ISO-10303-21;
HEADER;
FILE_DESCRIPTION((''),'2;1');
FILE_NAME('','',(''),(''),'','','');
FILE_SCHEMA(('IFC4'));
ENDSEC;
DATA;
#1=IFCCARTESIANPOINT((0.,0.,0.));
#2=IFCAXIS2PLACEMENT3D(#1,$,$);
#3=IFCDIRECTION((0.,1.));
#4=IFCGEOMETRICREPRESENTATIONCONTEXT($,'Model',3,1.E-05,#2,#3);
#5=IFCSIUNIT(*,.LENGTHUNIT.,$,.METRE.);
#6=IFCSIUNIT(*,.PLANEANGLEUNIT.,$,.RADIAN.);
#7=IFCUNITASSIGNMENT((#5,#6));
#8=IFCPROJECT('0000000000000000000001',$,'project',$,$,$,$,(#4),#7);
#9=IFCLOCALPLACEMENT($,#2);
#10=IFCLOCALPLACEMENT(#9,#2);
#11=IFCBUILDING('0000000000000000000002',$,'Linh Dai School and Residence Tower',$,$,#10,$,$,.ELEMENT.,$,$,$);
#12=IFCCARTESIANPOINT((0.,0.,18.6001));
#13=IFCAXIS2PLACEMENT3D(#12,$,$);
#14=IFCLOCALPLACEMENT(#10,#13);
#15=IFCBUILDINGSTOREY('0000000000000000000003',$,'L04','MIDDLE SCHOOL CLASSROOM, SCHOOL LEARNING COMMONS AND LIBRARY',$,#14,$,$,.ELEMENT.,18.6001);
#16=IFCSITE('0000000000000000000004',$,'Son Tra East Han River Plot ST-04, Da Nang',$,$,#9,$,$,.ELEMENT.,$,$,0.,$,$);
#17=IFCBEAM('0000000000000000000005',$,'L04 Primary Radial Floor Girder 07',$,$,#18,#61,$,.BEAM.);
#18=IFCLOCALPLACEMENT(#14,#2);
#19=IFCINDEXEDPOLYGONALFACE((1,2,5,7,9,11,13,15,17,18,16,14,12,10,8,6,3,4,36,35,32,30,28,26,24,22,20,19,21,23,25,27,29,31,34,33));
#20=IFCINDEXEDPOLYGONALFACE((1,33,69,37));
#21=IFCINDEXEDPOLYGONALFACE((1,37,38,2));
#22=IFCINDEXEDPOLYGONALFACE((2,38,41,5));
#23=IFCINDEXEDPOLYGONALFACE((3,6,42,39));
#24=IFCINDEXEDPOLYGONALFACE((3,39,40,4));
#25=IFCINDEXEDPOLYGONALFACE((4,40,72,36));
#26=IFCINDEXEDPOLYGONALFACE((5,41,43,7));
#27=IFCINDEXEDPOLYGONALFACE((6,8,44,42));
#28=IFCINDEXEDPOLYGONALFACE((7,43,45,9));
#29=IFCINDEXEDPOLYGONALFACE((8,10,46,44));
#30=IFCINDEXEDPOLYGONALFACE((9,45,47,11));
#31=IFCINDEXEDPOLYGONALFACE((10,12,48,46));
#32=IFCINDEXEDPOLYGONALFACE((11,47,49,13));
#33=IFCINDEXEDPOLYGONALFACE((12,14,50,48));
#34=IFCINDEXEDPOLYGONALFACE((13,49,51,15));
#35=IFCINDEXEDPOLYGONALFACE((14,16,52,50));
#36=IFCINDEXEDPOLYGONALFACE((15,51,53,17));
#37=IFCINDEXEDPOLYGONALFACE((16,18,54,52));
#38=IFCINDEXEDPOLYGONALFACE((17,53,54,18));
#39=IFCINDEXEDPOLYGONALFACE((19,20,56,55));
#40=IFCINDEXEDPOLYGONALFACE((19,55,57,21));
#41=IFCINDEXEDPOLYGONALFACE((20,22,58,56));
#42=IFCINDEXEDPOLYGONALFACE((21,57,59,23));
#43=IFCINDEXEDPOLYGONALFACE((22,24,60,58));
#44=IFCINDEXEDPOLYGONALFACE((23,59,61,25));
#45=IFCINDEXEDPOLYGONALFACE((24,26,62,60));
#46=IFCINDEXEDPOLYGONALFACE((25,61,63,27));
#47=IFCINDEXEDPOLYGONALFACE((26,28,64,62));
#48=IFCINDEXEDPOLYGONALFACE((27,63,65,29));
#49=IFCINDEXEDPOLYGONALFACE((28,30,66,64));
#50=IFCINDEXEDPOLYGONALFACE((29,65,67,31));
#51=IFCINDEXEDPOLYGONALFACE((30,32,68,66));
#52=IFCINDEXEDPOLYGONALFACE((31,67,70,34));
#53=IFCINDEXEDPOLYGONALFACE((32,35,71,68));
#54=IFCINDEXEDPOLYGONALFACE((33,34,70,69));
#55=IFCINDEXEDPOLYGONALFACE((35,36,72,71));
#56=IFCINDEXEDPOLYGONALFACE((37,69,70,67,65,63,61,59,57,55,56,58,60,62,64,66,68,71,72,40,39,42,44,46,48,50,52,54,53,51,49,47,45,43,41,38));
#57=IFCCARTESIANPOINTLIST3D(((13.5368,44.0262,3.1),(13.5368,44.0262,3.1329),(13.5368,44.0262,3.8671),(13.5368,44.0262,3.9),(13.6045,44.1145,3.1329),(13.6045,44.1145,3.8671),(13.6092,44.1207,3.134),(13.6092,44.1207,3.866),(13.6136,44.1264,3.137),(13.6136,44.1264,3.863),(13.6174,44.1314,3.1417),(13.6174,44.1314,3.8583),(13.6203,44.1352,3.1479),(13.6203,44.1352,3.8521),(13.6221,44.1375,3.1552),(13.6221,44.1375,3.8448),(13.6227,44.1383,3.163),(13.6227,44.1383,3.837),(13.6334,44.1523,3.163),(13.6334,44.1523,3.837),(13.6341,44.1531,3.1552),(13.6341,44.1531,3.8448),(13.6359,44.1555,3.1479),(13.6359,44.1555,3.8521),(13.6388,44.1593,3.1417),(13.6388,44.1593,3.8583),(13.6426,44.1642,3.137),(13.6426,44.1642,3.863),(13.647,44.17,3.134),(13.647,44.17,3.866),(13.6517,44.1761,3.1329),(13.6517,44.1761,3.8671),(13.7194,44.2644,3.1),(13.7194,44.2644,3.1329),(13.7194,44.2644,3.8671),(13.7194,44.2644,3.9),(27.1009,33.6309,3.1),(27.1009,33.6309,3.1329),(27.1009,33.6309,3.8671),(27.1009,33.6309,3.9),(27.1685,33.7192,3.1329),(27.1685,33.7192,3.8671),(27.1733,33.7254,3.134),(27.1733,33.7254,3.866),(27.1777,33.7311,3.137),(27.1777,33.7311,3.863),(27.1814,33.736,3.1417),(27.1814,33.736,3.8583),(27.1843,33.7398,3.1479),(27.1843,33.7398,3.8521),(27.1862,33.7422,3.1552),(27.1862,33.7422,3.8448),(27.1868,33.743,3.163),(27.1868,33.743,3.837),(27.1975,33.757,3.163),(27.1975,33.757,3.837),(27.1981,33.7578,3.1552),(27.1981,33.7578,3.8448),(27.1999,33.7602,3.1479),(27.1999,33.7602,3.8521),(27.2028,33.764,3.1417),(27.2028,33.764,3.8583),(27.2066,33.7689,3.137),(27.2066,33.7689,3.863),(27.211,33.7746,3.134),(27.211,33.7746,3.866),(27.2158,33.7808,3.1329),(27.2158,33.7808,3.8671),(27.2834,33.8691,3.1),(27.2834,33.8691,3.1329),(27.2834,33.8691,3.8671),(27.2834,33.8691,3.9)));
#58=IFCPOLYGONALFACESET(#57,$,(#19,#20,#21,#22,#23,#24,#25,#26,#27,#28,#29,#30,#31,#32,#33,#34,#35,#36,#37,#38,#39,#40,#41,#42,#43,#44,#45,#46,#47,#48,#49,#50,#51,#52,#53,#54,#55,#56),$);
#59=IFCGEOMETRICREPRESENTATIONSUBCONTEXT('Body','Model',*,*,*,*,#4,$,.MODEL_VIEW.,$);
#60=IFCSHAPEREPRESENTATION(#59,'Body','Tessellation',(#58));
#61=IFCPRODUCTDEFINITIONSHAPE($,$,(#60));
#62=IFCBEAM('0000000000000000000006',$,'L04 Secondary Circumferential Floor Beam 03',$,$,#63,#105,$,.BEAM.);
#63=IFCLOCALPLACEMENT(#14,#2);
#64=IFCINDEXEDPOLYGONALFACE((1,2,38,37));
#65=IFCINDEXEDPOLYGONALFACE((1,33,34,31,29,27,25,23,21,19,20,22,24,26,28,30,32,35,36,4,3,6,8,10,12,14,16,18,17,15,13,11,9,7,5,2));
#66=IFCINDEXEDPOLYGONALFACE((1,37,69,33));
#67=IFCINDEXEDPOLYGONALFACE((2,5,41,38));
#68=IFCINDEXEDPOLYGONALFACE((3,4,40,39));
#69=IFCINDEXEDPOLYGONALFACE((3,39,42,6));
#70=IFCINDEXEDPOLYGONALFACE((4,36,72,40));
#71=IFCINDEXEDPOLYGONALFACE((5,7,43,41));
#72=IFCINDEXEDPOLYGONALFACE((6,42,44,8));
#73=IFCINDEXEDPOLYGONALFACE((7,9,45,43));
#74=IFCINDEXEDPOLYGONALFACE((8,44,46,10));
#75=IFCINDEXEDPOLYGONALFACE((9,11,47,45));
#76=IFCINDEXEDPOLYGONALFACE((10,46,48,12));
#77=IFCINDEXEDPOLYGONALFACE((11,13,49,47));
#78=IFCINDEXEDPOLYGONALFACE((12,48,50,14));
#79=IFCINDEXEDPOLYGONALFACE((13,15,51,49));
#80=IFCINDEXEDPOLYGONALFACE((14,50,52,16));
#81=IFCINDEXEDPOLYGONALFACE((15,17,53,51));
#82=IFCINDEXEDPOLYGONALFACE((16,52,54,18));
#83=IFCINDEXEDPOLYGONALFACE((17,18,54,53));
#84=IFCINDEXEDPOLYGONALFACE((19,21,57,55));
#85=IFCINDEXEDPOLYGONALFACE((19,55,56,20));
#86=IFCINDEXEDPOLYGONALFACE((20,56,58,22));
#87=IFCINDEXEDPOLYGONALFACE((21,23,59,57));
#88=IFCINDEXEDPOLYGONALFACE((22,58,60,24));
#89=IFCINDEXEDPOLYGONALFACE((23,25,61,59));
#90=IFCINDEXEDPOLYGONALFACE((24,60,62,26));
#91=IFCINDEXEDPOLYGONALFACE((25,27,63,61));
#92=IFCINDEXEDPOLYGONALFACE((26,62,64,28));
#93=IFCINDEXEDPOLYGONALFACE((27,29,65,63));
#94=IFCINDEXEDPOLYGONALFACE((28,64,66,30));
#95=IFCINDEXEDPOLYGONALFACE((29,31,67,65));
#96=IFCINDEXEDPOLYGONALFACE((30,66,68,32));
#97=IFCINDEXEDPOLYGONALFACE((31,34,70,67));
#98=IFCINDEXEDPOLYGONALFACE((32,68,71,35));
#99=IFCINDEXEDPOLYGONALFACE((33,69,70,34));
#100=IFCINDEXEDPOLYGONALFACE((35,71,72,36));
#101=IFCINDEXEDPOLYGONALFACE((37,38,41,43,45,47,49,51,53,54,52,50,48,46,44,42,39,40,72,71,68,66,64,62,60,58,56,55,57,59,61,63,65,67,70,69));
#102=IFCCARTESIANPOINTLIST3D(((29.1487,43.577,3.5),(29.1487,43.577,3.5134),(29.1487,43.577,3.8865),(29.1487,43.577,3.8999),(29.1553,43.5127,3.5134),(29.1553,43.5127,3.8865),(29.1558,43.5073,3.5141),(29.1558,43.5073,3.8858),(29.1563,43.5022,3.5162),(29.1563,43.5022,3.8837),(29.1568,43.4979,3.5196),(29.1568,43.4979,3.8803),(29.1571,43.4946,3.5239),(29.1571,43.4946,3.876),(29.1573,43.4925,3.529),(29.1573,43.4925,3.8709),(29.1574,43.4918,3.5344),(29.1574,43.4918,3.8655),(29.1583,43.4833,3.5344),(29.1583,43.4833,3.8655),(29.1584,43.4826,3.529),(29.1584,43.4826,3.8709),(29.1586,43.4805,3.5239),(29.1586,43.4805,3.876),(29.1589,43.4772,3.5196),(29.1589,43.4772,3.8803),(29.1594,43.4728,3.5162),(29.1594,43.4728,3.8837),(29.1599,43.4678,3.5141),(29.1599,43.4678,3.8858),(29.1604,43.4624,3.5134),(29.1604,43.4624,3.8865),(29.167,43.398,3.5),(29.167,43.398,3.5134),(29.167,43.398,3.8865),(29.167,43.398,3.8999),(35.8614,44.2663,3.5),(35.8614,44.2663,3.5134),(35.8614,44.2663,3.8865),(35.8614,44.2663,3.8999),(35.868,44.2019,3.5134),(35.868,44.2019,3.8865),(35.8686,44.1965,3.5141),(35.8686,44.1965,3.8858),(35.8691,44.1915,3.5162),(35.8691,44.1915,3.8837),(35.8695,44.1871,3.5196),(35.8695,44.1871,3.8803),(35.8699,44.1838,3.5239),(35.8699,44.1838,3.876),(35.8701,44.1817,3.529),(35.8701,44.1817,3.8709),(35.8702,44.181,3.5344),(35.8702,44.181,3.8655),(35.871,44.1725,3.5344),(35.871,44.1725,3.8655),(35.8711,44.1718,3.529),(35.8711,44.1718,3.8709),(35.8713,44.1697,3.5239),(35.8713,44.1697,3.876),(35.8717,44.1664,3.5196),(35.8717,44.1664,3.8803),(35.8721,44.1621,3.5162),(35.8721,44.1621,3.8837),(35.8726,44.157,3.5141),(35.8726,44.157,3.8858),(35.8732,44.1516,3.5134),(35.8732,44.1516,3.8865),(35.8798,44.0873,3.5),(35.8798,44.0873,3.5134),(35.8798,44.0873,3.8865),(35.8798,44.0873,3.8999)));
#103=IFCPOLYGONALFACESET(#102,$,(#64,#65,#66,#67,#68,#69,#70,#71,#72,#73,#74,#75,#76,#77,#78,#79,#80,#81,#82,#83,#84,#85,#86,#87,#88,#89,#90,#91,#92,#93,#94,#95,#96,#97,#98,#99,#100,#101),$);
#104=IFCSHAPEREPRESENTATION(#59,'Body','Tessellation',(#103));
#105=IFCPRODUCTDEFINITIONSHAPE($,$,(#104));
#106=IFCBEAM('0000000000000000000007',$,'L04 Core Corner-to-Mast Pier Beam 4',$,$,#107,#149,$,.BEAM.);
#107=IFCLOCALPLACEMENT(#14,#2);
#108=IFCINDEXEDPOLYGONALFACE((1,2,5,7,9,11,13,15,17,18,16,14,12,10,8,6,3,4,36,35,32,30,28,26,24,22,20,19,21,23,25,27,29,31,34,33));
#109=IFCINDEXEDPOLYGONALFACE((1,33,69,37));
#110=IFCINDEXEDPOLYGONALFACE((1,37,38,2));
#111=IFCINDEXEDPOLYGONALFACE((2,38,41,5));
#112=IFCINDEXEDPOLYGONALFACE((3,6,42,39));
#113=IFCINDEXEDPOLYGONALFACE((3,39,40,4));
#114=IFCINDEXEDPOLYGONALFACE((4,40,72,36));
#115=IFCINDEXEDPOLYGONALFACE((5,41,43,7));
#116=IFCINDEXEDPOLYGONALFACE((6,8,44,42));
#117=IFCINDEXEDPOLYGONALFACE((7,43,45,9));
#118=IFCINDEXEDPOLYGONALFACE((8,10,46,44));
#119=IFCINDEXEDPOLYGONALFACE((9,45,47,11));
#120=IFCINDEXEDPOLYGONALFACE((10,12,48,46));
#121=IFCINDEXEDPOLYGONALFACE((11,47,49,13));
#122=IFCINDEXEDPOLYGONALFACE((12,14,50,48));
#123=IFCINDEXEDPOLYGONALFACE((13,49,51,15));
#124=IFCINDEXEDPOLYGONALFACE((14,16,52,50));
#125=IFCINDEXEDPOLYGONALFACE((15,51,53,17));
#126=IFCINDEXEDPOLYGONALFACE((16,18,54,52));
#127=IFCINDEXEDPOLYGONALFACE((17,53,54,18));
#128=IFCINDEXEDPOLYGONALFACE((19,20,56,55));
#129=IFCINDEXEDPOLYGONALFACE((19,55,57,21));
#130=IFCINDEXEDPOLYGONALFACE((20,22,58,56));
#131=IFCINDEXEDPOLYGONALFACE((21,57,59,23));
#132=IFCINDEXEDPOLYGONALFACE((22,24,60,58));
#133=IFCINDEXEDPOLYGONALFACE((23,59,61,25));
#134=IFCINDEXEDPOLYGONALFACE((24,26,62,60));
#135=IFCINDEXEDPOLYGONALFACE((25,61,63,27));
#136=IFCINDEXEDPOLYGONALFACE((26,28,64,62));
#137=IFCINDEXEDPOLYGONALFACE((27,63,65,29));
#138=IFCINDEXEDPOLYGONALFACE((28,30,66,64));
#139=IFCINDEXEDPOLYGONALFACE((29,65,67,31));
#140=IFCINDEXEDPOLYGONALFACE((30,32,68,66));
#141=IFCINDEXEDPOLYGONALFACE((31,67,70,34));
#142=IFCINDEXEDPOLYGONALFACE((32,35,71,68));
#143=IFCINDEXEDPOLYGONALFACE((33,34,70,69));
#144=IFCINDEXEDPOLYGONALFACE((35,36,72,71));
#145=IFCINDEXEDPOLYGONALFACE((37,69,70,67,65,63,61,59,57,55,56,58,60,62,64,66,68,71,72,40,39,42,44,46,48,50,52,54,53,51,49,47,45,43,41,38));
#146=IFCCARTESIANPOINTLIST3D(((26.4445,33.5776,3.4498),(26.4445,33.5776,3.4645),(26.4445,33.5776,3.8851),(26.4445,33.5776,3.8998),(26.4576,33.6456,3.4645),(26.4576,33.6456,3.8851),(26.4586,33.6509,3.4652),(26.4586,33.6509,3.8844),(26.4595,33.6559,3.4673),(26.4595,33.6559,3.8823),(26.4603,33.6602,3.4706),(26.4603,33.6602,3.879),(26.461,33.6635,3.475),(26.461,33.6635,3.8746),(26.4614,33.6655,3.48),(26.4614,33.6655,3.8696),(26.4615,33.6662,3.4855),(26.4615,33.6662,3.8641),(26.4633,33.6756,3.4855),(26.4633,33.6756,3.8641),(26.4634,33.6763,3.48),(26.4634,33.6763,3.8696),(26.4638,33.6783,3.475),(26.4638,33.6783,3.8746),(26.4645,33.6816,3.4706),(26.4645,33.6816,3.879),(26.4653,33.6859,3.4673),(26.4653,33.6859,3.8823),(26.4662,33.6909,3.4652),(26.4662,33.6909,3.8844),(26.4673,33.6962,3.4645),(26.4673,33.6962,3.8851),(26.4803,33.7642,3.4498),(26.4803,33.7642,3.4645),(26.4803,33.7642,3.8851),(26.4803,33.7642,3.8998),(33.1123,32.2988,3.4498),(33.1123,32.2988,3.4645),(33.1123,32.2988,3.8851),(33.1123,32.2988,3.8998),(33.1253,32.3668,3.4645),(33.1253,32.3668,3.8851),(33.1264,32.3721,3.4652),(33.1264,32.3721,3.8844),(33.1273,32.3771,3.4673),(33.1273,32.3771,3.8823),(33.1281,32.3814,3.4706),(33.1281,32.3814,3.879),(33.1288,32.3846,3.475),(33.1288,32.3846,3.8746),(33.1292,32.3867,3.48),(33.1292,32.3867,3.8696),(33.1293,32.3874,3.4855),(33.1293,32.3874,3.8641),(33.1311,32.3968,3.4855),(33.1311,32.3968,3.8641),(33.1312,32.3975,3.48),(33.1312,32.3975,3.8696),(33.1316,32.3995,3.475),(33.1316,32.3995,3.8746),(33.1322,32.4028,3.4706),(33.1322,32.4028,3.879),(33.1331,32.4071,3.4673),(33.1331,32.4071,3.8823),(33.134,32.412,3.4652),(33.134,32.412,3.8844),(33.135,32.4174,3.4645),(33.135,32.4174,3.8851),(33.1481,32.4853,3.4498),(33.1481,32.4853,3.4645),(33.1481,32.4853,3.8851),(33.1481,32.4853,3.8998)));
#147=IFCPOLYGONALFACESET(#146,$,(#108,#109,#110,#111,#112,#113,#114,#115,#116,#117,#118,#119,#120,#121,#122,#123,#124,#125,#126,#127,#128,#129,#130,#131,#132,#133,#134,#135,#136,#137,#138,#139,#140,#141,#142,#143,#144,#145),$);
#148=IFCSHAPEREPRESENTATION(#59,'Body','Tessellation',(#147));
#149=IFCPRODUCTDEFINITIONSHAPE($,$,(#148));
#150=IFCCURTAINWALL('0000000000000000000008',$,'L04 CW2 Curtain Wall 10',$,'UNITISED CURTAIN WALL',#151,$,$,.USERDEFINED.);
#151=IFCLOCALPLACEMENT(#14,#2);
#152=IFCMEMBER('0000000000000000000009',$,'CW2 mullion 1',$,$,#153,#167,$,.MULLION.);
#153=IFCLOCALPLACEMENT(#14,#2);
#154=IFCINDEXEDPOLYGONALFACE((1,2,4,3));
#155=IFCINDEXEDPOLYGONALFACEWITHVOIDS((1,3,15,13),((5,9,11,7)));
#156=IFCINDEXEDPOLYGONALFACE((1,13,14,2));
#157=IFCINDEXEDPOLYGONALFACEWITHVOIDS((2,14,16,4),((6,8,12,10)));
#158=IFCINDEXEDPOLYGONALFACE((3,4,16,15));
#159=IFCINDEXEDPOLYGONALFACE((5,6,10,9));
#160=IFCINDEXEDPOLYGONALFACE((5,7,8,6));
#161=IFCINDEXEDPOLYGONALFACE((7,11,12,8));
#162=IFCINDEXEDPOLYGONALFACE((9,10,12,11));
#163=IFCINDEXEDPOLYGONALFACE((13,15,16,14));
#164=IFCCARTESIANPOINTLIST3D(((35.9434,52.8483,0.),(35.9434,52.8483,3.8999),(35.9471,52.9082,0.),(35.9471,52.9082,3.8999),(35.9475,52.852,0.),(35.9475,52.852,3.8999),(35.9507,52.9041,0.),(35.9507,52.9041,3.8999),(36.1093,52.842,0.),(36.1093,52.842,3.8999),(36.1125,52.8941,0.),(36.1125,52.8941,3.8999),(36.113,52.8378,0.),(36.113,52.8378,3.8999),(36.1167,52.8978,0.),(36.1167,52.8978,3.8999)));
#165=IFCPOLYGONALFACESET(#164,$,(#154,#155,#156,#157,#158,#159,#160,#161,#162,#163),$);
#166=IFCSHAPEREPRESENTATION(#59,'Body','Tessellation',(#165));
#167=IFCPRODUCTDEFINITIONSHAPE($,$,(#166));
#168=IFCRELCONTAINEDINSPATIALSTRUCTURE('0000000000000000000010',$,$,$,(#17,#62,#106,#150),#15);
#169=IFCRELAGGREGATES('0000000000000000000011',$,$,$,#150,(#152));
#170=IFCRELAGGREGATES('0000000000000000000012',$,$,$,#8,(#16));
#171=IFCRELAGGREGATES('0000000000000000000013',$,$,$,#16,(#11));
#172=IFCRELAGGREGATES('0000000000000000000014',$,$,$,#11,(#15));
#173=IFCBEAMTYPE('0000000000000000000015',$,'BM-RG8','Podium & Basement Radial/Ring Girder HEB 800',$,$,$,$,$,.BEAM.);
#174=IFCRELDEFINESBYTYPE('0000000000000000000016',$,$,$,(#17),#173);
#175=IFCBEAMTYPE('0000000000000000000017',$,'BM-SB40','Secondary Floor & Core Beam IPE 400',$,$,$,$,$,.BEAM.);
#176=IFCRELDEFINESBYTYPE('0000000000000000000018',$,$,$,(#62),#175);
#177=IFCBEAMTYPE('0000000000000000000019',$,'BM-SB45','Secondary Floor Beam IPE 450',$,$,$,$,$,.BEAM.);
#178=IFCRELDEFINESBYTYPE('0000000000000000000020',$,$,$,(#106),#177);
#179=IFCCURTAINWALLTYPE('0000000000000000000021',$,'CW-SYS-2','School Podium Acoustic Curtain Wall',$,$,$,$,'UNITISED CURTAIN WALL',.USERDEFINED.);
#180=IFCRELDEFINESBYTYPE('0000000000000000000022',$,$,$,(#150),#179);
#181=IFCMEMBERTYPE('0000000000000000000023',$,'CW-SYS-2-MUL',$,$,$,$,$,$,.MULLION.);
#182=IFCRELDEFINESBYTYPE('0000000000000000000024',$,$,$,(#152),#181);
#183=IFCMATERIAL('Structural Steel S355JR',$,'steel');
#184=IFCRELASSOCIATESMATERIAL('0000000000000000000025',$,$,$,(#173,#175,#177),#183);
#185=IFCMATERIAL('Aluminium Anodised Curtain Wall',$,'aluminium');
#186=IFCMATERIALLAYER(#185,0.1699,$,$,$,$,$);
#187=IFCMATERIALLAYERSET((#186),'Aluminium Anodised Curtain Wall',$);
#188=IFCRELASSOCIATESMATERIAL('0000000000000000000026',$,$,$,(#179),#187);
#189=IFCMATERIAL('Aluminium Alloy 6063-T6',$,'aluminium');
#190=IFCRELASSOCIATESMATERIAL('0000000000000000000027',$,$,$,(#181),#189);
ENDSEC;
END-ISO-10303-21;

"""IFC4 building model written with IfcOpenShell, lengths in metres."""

from ifc_helpers import new_model, si_unit, direction, frame, origin, origin_2d, place, context, subcontext, project, spatial, hollow_rectangle, i_section, extrude, source, transform, mapped, material, layer, layer_set, material_profile, profile_set, type_object, element, aggregate, save


model = new_model("IFC4")

# Units and contexts
model_context = context("Model", 3, precision=1e-05, world=origin(), true_north=direction((0.0, 1.0)))
body_context = subcontext(model_context, "Body", "Model", "MODEL_VIEW")
ifc_project = project(units=[si_unit("LENGTHUNIT", "METRE"), si_unit("PLANEANGLEUNIT", "RADIAN")], contexts=[model_context])

# Site, building, storey
site_placement = place(None, origin())
site = spatial("IfcSite", under=ifc_project, at=site_placement, Name="Son Tra East Han River Plot ST-04, Da Nang", CompositionType="ELEMENT", RefElevation=0.0)
building_placement = place(site_placement, origin())
building = spatial("IfcBuilding", under=site, at=building_placement, Name="Linh Dai School and Residence Tower", CompositionType="ELEMENT")
storey_placement = place(building_placement, frame((0.0, 0.0, 18.6001)))
storey = spatial("IfcBuildingStorey", under=building, at=storey_placement, Name="L04", Description="MIDDLE SCHOOL CLASSROOM, SCHOOL LEARNING COMMONS AND LIBRARY", CompositionType="ELEMENT", Elevation=18.6001)

# Shared definitions
ifc_material_1 = material(Name="Structural Steel S355JR", Category="steel")

# Beams
ifc_material_profile_1 = material_profile(ifc_material_1, i_section(OverallWidth=0.3, OverallDepth=0.8, WebThickness=0.0176, FlangeThickness=0.033, FilletRadius=0.03, at=origin_2d()), Name="HEB 800")
ifc_profile_set_1 = profile_set([ifc_material_profile_1], Name="Structural Steel S355JR")
beam_type_1 = type_object("IfcBeamType", Name="BM-RG8", Description="Podium & Basement Radial/Ring Girder HEB 800", PredefinedType="BEAM", material=ifc_profile_set_1)
beam_1_placement = place(storey_placement, frame((27.1921, 33.75, 3.5), z_axis=(-0.793713, 0.608292, 0.0), x_axis=(-0.608292, -0.793713, 0.0)))
element("IfcBeam", 1, at=beam_1_placement, inside=storey, type_object=beam_type_1, Name="L04 Primary Radial Floor Girder 07", PredefinedType="BEAM", context=body_context, shape_type="SweptSolid", body=[
    extrude(i_section(OverallWidth=0.3, OverallDepth=0.8, WebThickness=0.0176, FlangeThickness=0.033, FilletRadius=0.03, at=origin_2d()), origin(), (0.0, 0.0, 1.0), 17.0894),
])
ifc_material_profile_2 = material_profile(ifc_material_1, i_section(OverallWidth=0.1799, OverallDepth=0.3999, WebThickness=0.0085, FlangeThickness=0.0134, FilletRadius=0.021, at=origin_2d()), Name="IPE 400")
ifc_profile_set_2 = profile_set([ifc_material_profile_2], Name="Structural Steel S355JR")
beam_type_2 = type_object("IfcBeamType", Name="BM-SB40", Description="Secondary Floor & Core Beam IPE 400", PredefinedType="BEAM", material=ifc_profile_set_2)
beam_2_placement = place(storey_placement, frame((35.8706, 44.1768, 3.7), z_axis=(-0.99477, -0.102136, 0.0), x_axis=(0.102136, -0.99477, 0.0)))
element("IfcBeam", 2, at=beam_2_placement, inside=storey, type_object=beam_type_2, Name="L04 Secondary Circumferential Floor Beam 03", PredefinedType="BEAM", context=body_context, shape_type="SweptSolid", body=[
    extrude(i_section(OverallWidth=0.1799, OverallDepth=0.3999, WebThickness=0.0085, FlangeThickness=0.0134, FilletRadius=0.021, at=origin_2d()), origin(), (0.0, 0.0, 1.0), 6.748),
])
ifc_material_profile_3 = material_profile(ifc_material_1, i_section(OverallWidth=0.1899, OverallDepth=0.45, WebThickness=0.0095, FlangeThickness=0.0146, FilletRadius=0.021, at=origin_2d()), Name="IPE 450")
ifc_profile_set_3 = profile_set([ifc_material_profile_3], Name="Structural Steel S355JR")
beam_type_3 = type_object("IfcBeamType", Name="BM-SB45", Description="Secondary Floor Beam IPE 450", PredefinedType="BEAM", material=ifc_profile_set_3)
beam_3_placement = place(storey_placement, frame((26.4624, 33.6709, 3.6748), z_axis=(0.9821, -0.188358, 0.0), x_axis=(0.188358, 0.9821, 0.0)))
element("IfcBeam", 3, at=beam_3_placement, inside=storey, type_object=beam_type_3, Name="L04 Core Corner-to-Mast Pier Beam 4", PredefinedType="BEAM", context=body_context, shape_type="SweptSolid", body=[
    extrude(i_section(OverallWidth=0.1899, OverallDepth=0.45, WebThickness=0.0095, FlangeThickness=0.0146, FilletRadius=0.021, at=origin_2d()), origin(), (0.0, 0.0, 1.0), 6.7893),
])

# Curtain wall, member
ifc_material_2 = material(Name="Aluminium Anodised Curtain Wall", Category="aluminium")
ifc_layer_1 = layer(ifc_material_2, 0.1699)
ifc_layer_set_1 = layer_set([ifc_layer_1], Name="Aluminium Anodised Curtain Wall")
curtain_wall_type = type_object("IfcCurtainWallType", Name="CW-SYS-2", Description="School Podium Acoustic Curtain Wall", ElementType="UNITISED CURTAIN WALL", PredefinedType="USERDEFINED", material=ifc_layer_set_1)
curtain_wall_placement = place(storey_placement, origin())
curtain_wall = element("IfcCurtainWall", 4, at=curtain_wall_placement, inside=storey, type_object=curtain_wall_type, Name="L04 CW2 Curtain Wall 10", ObjectType="UNITISED CURTAIN WALL", PredefinedType="USERDEFINED")
ifc_material_3 = material(Name="Aluminium Alloy 6063-T6", Category="aluminium")
ifc_material_profile_4 = material_profile(ifc_material_3, hollow_rectangle(XDim=0.0601, YDim=0.1699, WallThickness=0.0039, at=origin_2d()), Name="RHS 170x60x4")
ifc_profile_set_4 = profile_set([ifc_material_profile_4], Name="Aluminium Alloy 6063-T6")
member_type = type_object("IfcMemberType", Name="CW-SYS-2-MUL", PredefinedType="MULLION", material=ifc_profile_set_4)
shared_shape_1 = source(origin(), body_context, "Body", "SweptSolid", [
    extrude(hollow_rectangle(XDim=0.0601, YDim=0.1699, WallThickness=0.0039, at=origin_2d()), origin(), (0.0, 0.0, 1.0), 3.8999),
])
member_placement = place(storey_placement, frame((36.03, 52.873, 0.0), z_axis=(0.0, 0.0, 1.0), x_axis=(0.061516, 0.998106, 0.0)))
member = element("IfcMember", 5, at=member_placement, type_object=member_type, Name="CW2 mullion 1", PredefinedType="MULLION", context=body_context, shape_type="MappedRepresentation", body=[
    mapped(shared_shape_1, transform((0.0, 0.0, 0.0), x_axis=(1.0, 0.0, 0.0), y_axis=(0.0, 1.0, 0.0), z_axis=(0.0, 0.0, 1.0), scale=1.0)),
])
aggregate(curtain_wall, [member])

save(model, "model.ifc")
